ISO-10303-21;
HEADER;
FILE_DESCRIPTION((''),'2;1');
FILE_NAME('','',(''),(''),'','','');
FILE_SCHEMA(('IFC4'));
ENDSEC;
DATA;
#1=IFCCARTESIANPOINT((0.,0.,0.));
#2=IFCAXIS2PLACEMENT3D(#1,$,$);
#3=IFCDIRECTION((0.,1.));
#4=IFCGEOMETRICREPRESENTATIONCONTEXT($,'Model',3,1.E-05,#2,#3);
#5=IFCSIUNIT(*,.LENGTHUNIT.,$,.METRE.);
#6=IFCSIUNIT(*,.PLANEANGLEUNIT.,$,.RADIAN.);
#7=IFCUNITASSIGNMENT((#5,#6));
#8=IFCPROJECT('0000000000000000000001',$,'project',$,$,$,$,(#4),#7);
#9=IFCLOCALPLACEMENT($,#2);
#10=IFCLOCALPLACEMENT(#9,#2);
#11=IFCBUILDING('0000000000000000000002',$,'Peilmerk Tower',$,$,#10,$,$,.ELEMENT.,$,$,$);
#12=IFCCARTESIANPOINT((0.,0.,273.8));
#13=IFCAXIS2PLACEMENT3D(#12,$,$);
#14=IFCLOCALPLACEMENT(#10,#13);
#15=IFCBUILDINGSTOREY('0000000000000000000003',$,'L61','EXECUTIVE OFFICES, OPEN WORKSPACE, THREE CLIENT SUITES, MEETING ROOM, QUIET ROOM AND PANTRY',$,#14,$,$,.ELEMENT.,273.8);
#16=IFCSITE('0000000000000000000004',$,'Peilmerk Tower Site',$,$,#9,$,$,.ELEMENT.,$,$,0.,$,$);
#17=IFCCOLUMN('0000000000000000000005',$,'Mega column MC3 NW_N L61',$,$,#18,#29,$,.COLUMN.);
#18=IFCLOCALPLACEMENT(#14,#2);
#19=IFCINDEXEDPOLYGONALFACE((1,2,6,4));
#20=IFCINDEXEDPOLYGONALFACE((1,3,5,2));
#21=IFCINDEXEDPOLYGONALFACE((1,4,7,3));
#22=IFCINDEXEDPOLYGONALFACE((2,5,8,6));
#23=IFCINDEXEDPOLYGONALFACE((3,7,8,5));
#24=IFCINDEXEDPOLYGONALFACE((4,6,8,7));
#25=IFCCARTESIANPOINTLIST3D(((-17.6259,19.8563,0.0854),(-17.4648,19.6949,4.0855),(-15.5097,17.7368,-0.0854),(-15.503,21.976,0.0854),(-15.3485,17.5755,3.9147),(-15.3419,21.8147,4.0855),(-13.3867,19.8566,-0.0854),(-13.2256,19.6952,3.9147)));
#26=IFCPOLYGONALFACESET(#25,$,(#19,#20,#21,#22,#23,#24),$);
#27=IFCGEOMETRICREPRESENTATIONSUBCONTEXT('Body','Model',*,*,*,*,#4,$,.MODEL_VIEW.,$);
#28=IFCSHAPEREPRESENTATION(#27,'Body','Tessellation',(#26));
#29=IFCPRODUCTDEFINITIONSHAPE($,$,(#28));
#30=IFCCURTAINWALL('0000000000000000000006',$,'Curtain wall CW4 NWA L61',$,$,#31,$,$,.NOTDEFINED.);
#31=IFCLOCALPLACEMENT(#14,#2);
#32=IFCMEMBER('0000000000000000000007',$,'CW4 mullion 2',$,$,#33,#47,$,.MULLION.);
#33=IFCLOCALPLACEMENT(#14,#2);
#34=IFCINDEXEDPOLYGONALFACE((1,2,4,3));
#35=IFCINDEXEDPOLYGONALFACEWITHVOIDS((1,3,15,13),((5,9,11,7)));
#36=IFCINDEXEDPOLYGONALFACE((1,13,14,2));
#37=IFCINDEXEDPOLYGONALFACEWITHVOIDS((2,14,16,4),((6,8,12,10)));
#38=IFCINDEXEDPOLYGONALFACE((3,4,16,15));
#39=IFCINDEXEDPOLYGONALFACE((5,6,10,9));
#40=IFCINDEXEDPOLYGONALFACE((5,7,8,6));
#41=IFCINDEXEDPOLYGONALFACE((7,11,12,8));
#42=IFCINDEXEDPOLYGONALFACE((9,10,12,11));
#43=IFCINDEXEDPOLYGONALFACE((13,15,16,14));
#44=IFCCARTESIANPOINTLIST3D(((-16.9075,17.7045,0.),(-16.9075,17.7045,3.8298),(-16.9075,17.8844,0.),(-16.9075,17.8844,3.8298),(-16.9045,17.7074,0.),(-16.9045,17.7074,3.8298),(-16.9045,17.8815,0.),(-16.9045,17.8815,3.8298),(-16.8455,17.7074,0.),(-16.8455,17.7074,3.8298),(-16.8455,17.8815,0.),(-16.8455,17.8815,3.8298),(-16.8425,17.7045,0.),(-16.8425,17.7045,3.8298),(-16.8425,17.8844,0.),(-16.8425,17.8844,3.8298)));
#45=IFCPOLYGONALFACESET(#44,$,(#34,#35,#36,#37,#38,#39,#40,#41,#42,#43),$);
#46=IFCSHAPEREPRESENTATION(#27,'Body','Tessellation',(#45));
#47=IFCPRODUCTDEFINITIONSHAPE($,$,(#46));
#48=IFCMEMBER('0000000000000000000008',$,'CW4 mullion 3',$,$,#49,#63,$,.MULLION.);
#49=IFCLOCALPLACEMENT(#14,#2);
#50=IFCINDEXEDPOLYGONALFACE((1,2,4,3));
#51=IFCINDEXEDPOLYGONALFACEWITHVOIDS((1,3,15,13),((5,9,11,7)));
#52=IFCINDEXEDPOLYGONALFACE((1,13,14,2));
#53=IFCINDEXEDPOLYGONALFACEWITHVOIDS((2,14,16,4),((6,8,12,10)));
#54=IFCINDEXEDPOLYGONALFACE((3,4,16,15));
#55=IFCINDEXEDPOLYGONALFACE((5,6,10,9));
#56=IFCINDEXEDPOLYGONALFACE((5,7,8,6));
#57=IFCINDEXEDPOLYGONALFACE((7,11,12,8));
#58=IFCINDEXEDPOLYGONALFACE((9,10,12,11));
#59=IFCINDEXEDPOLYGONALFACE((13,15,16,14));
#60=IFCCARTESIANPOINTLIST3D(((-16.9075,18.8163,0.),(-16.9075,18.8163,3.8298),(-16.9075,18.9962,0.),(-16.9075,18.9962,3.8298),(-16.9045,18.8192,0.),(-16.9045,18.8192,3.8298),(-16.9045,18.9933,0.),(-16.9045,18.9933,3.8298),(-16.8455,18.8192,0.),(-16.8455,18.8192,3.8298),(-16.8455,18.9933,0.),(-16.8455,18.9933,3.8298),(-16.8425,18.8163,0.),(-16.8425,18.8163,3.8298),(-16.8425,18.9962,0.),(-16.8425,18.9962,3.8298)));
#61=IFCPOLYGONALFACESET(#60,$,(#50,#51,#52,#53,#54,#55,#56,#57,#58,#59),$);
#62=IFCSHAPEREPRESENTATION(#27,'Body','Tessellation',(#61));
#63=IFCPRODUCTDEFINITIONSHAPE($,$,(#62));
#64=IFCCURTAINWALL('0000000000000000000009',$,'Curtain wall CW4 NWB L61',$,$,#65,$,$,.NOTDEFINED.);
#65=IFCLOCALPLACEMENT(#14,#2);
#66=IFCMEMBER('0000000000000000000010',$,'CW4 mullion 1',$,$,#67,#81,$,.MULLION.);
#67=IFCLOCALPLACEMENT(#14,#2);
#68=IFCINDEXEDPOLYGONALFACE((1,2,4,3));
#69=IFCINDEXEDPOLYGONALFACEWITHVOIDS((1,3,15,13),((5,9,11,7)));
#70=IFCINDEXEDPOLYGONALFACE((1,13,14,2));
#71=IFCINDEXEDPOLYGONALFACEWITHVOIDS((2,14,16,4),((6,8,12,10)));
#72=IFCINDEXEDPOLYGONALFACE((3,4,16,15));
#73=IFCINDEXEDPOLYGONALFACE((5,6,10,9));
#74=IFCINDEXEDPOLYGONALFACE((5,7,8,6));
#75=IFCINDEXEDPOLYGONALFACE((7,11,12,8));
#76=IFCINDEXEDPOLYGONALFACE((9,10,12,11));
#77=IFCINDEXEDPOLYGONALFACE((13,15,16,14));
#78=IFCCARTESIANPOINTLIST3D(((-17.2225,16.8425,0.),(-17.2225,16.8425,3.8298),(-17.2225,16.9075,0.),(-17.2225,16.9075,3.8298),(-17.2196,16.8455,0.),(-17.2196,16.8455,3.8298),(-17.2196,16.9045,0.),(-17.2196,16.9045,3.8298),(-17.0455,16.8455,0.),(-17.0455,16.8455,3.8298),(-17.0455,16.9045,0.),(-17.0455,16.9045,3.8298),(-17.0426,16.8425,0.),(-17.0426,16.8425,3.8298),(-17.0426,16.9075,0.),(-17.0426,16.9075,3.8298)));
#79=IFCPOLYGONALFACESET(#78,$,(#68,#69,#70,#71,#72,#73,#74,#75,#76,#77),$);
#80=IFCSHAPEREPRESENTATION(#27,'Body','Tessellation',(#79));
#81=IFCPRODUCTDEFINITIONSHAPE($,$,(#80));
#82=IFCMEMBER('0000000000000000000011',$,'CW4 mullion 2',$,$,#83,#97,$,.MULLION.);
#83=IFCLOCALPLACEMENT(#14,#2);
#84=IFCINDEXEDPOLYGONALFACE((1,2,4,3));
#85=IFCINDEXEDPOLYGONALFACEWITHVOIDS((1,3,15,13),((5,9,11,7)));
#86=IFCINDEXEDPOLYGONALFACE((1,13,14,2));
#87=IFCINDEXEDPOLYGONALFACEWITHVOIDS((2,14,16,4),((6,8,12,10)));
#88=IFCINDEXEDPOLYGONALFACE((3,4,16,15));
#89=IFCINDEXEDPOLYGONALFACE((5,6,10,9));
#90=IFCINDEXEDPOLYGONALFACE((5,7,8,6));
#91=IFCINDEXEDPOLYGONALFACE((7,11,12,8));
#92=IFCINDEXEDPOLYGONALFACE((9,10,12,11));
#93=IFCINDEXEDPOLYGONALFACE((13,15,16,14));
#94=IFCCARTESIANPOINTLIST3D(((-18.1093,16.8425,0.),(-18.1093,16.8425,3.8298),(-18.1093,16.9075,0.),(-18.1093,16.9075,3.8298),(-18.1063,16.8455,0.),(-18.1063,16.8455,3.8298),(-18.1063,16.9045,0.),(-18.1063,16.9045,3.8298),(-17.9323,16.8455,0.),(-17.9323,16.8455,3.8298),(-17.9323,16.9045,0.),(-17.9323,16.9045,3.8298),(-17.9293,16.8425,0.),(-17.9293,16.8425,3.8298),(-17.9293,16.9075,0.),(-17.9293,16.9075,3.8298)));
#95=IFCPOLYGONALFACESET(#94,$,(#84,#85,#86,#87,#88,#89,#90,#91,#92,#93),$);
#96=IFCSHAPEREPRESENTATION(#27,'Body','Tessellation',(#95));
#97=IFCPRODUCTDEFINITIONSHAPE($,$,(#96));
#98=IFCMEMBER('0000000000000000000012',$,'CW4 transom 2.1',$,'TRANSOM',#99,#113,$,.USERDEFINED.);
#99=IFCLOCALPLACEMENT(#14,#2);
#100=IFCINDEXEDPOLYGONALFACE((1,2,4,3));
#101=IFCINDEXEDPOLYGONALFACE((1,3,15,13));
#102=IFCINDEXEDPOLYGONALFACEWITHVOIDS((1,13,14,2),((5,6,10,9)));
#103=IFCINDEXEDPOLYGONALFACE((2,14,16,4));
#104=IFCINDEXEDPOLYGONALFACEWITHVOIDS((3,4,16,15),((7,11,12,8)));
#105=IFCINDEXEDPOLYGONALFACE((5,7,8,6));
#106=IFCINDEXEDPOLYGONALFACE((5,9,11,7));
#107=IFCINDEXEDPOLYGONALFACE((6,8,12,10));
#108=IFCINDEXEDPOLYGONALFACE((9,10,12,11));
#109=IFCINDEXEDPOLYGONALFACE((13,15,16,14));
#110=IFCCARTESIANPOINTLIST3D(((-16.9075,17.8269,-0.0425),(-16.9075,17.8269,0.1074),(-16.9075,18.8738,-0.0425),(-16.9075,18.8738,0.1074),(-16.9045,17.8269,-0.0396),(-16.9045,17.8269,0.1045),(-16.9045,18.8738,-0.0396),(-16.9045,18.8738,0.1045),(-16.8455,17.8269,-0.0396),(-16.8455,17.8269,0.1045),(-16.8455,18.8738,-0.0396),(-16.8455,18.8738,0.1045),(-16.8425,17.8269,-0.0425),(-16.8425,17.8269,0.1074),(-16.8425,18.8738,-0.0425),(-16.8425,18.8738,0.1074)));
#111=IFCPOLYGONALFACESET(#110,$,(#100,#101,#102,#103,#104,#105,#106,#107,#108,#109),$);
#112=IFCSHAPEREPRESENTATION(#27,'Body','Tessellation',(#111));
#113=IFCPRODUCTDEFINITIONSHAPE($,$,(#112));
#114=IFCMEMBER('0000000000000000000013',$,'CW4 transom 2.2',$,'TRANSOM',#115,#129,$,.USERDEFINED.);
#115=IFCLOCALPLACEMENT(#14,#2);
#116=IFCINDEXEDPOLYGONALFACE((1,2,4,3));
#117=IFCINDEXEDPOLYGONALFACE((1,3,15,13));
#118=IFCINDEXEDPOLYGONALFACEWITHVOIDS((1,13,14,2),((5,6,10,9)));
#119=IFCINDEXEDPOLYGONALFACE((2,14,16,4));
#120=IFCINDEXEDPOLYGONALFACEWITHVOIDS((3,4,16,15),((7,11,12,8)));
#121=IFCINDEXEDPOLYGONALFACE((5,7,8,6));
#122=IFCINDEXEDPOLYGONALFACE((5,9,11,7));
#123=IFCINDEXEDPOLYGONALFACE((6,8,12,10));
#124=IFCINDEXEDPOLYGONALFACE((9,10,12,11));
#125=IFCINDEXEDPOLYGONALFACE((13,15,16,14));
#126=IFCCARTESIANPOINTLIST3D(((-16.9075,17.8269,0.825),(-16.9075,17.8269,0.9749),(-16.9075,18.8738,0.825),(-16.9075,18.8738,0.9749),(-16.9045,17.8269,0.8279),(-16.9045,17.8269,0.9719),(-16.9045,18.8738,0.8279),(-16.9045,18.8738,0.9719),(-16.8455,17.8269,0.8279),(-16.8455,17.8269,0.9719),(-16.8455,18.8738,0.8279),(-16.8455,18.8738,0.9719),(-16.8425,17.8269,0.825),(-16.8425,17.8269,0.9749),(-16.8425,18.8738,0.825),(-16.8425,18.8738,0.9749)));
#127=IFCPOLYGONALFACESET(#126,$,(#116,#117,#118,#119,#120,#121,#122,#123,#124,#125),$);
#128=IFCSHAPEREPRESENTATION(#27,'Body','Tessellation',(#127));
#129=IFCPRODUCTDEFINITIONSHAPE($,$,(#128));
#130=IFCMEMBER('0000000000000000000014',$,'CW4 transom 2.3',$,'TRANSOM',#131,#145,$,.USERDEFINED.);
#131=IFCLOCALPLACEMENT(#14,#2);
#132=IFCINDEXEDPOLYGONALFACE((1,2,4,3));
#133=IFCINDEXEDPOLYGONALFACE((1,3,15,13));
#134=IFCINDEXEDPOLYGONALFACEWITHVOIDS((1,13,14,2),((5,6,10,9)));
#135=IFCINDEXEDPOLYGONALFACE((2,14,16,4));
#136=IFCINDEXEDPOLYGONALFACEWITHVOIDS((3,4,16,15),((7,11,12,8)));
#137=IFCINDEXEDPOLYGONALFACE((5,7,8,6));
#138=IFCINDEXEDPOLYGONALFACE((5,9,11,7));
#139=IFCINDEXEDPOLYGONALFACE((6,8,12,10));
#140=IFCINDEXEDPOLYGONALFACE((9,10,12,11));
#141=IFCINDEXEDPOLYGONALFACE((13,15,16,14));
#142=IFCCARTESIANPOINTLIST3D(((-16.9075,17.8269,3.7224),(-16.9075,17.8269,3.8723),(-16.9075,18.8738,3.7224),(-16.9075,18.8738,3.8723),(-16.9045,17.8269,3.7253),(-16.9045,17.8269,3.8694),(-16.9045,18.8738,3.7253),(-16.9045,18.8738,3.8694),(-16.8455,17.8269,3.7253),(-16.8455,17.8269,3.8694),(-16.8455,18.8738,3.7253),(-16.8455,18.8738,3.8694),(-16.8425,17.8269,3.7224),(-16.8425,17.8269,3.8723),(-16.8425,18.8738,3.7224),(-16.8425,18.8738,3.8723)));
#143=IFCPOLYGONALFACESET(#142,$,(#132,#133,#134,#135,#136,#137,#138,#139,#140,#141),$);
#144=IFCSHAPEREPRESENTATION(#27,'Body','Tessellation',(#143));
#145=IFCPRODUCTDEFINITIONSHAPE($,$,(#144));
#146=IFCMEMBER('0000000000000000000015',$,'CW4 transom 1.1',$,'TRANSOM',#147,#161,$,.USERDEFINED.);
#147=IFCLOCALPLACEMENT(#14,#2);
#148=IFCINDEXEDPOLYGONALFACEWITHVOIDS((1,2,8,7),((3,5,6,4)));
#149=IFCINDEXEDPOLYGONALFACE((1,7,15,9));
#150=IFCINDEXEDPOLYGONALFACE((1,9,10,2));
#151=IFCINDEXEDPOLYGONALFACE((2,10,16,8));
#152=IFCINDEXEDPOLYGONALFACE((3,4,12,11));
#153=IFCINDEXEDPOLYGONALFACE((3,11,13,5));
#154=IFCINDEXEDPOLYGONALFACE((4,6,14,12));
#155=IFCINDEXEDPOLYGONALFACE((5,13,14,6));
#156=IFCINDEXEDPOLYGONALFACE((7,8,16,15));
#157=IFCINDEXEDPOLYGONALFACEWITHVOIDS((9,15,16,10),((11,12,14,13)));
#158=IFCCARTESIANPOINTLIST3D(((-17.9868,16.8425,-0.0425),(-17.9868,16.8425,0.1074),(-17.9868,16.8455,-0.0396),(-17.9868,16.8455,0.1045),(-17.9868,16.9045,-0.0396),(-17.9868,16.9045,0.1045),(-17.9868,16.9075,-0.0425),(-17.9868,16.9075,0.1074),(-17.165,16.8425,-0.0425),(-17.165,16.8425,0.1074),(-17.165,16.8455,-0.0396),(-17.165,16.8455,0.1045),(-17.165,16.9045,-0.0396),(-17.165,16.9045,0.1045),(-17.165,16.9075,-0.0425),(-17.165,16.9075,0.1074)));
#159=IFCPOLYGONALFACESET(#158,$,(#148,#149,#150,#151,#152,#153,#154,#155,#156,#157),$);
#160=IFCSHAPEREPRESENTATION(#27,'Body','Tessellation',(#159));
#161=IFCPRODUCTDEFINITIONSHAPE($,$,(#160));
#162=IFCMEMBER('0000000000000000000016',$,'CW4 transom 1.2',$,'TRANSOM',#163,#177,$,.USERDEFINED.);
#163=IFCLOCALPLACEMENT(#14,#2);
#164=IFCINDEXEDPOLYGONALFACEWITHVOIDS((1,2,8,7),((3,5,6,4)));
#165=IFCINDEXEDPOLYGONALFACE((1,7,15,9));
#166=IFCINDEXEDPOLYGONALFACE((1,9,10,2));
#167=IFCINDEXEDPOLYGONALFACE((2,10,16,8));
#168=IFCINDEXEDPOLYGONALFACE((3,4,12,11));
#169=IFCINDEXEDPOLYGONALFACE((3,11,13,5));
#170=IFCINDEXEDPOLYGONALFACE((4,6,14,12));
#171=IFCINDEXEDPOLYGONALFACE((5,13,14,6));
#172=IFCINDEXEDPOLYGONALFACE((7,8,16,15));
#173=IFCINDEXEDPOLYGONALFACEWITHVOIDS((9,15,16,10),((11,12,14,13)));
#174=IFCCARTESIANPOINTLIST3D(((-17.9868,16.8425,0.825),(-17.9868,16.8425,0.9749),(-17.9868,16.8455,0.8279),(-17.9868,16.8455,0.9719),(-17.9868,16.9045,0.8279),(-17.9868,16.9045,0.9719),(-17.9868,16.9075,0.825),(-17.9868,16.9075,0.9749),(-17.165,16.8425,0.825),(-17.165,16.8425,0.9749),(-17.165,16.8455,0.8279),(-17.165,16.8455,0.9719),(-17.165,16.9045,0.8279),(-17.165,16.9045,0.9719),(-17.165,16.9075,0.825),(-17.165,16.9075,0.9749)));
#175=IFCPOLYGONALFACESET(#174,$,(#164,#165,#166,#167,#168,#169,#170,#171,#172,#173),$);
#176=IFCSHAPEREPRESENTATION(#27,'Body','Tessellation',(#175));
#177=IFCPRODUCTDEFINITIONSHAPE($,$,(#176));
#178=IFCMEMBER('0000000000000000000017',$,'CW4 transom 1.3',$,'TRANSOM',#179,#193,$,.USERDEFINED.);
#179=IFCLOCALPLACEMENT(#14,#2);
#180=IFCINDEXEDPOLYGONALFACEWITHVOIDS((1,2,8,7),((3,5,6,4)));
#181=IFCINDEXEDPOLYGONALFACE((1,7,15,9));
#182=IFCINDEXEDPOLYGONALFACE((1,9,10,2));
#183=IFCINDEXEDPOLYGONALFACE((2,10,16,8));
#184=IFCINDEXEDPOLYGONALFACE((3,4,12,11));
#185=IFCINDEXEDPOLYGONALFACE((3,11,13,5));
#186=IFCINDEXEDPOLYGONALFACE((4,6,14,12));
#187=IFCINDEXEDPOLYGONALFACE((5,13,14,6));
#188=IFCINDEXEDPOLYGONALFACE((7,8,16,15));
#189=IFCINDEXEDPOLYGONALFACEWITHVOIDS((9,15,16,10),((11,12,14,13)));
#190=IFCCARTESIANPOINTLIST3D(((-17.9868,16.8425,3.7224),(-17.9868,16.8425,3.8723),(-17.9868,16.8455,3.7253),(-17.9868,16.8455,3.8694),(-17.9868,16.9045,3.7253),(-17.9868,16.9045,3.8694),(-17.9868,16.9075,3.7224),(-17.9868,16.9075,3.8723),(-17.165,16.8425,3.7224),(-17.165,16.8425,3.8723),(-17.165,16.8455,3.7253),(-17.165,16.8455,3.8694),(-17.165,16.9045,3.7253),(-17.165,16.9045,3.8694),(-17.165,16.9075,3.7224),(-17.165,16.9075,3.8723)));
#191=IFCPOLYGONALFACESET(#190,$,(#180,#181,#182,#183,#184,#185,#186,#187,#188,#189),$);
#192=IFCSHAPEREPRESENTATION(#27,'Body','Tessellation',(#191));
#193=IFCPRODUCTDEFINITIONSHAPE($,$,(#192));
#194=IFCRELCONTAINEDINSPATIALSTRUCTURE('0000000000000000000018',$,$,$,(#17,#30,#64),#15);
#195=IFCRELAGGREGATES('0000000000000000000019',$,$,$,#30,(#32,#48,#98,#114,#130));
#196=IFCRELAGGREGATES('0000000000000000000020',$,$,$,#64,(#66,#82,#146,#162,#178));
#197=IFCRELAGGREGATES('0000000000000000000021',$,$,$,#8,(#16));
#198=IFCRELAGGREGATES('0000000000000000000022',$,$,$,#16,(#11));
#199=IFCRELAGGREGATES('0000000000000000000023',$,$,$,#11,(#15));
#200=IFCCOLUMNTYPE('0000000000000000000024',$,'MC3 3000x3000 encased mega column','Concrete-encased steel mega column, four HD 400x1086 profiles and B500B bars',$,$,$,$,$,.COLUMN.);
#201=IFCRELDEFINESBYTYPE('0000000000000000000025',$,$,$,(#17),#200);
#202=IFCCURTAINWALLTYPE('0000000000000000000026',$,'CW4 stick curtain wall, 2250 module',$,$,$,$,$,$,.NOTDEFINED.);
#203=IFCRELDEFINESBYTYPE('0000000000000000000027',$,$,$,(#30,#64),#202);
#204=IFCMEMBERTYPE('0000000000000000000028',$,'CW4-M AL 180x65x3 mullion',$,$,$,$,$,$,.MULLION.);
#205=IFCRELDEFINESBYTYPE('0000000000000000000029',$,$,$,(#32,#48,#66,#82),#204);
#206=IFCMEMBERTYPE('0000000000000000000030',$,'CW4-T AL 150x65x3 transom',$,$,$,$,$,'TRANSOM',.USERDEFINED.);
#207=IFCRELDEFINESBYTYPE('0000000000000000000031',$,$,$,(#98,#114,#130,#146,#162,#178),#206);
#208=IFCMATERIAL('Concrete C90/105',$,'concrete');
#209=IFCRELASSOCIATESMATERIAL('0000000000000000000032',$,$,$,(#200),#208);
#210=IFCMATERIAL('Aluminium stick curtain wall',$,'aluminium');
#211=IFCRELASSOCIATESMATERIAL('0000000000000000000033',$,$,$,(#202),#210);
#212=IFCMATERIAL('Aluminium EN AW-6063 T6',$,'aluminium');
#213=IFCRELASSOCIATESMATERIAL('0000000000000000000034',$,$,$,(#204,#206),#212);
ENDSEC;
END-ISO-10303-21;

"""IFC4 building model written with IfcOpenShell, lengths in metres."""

from ifc_helpers import new_model, si_unit, direction, frame, origin, origin_2d, place, context, subcontext, project, spatial, rectangle, hollow_rectangle, extrude, material, material_profile, profile_set, type_object, element, aggregate, save


model = new_model("IFC4")

# Units and contexts
model_context = context("Model", 3, precision=1e-05, world=origin(), true_north=direction((0.0, 1.0)))
body_context = subcontext(model_context, "Body", "Model", "MODEL_VIEW")
ifc_project = project(units=[si_unit("LENGTHUNIT", "METRE"), si_unit("PLANEANGLEUNIT", "RADIAN")], contexts=[model_context])

# Site, building, storey
site_placement = place(None, origin())
site = spatial("IfcSite", under=ifc_project, at=site_placement, Name="Peilmerk Tower Site", CompositionType="ELEMENT", RefElevation=0.0)
building_placement = place(site_placement, origin())
building = spatial("IfcBuilding", under=site, at=building_placement, Name="Peilmerk Tower", CompositionType="ELEMENT")
storey_placement = place(building_placement, frame((0.0, 0.0, 273.8)))
storey = spatial("IfcBuildingStorey", under=building, at=storey_placement, Name="L61", Description="EXECUTIVE OFFICES, OPEN WORKSPACE, THREE CLIENT SUITES, MEETING ROOM, QUIET ROOM AND PANTRY", CompositionType="ELEMENT", Elevation=273.8)

# Column
ifc_material_1 = material(Name="Concrete C90/105", Category="concrete")
ifc_material_profile_1 = material_profile(ifc_material_1, rectangle(XDim=3.0, YDim=3.0, at=origin_2d()), Name="RC 3000x3000")
ifc_profile_set_1 = profile_set([ifc_material_profile_1], Name="Concrete C90/105")
column_type = type_object("IfcColumnType", Name="MC3 3000x3000 encased mega column", Description="Concrete-encased steel mega column, four HD 400x1086 profiles and B500B bars", PredefinedType="COLUMN", material=ifc_profile_set_1)
column_placement = place(storey_placement, frame((-15.5063, 19.8564, 0.0), z_axis=(0.040218, -0.040279, 0.998379), x_axis=(0.707642, 0.706571, 0.0)))
element("IfcColumn", 1, at=column_placement, inside=storey, type_object=column_type, Name="Mega column MC3 NW_N L61", PredefinedType="COLUMN", context=body_context, shape_type="SweptSolid", body=[
    extrude(rectangle(XDim=3.0, YDim=3.0, at=origin_2d()), origin(), (0.0, 0.0, 1.0), 4.0066),
])

# Curtain walls, members
ifc_material_2 = material(Name="Aluminium stick curtain wall", Category="aluminium")
curtain_wall_type = type_object("IfcCurtainWallType", Name="CW4 stick curtain wall, 2250 module", PredefinedType="NOTDEFINED", material=ifc_material_2)
curtain_wall_1_placement = place(storey_placement, origin())
curtain_wall_1 = element("IfcCurtainWall", 2, at=curtain_wall_1_placement, inside=storey, type_object=curtain_wall_type, Name="Curtain wall CW4 NWA L61", PredefinedType="NOTDEFINED")
ifc_material_3 = material(Name="Aluminium EN AW-6063 T6", Category="aluminium")
ifc_material_profile_2 = material_profile(ifc_material_3, hollow_rectangle(XDim=0.0649, YDim=0.1799, WallThickness=0.0029, at=origin_2d()), Name="AL 180x65x3")
ifc_profile_set_2 = profile_set([ifc_material_profile_2], Name="Aluminium EN AW-6063 T6")
member_type_1 = type_object("IfcMemberType", Name="CW4-M AL 180x65x3 mullion", PredefinedType="MULLION", material=ifc_profile_set_2)
member_1_placement = place(storey_placement, frame((-16.875, 17.7944, 0.0), z_axis=(0.0, 0.0, 1.0), x_axis=(-1.0, 0.0, 0.0)))
member_1 = element("IfcMember", 3, at=member_1_placement, type_object=member_type_1, Name="CW4 mullion 2", PredefinedType="MULLION", context=body_context, shape_type="SweptSolid", body=[
    extrude(hollow_rectangle(XDim=0.0649, YDim=0.1799, WallThickness=0.0029, at=origin_2d()), origin(), (0.0, 0.0, 1.0), 3.8298),
])
member_2_placement = place(storey_placement, frame((-16.875, 18.9062, 0.0), z_axis=(0.0, 0.0, 1.0), x_axis=(-1.0, 0.0, 0.0)))
member_2 = element("IfcMember", 4, at=member_2_placement, type_object=member_type_1, Name="CW4 mullion 3", PredefinedType="MULLION", context=body_context, shape_type="SweptSolid", body=[
    extrude(hollow_rectangle(XDim=0.0649, YDim=0.1799, WallThickness=0.0029, at=origin_2d()), origin(), (0.0, 0.0, 1.0), 3.8298),
])
curtain_wall_2_placement = place(storey_placement, origin())
curtain_wall_2 = element("IfcCurtainWall", 5, at=curtain_wall_2_placement, inside=storey, type_object=curtain_wall_type, Name="Curtain wall CW4 NWB L61", PredefinedType="NOTDEFINED")
member_3_placement = place(storey_placement, frame((-17.1326, 16.875, 0.0), z_axis=(0.0, 0.0, 1.0), x_axis=(0.0, -1.0, 0.0)))
member_3 = element("IfcMember", 6, at=member_3_placement, type_object=member_type_1, Name="CW4 mullion 1", PredefinedType="MULLION", context=body_context, shape_type="SweptSolid", body=[
    extrude(hollow_rectangle(XDim=0.0649, YDim=0.1799, WallThickness=0.0029, at=origin_2d()), origin(), (0.0, 0.0, 1.0), 3.8298),
])
member_4_placement = place(storey_placement, frame((-18.0193, 16.875, 0.0), z_axis=(0.0, 0.0, 1.0), x_axis=(0.0, -1.0, 0.0)))
member_4 = element("IfcMember", 7, at=member_4_placement, type_object=member_type_1, Name="CW4 mullion 2", PredefinedType="MULLION", context=body_context, shape_type="SweptSolid", body=[
    extrude(hollow_rectangle(XDim=0.0649, YDim=0.1799, WallThickness=0.0029, at=origin_2d()), origin(), (0.0, 0.0, 1.0), 3.8298),
])

# Members
ifc_material_profile_3 = material_profile(ifc_material_3, hollow_rectangle(XDim=0.0649, YDim=0.1499, WallThickness=0.0029, at=origin_2d()), Name="AL 150x65x3")
ifc_profile_set_3 = profile_set([ifc_material_profile_3], Name="Aluminium EN AW-6063 T6")
member_type_2 = type_object("IfcMemberType", Name="CW4-T AL 150x65x3 transom", ElementType="TRANSOM", PredefinedType="USERDEFINED", material=ifc_profile_set_3)
member_5_placement = place(storey_placement, frame((-16.875, 17.8269, 0.0325), z_axis=(0.0, 1.0, 0.0), x_axis=(-1.0, 0.0, 0.0)))
member_5 = element("IfcMember", 8, at=member_5_placement, type_object=member_type_2, Name="CW4 transom 2.1", ObjectType="TRANSOM", PredefinedType="USERDEFINED", context=body_context, shape_type="SweptSolid", body=[
    extrude(hollow_rectangle(XDim=0.0649, YDim=0.1499, WallThickness=0.0029, at=origin_2d()), origin(), (0.0, 0.0, 1.0), 1.0469),
])
member_6_placement = place(storey_placement, frame((-16.875, 17.8269, 0.8999), z_axis=(0.0, 1.0, 0.0), x_axis=(-1.0, 0.0, 0.0)))
member_6 = element("IfcMember", 9, at=member_6_placement, type_object=member_type_2, Name="CW4 transom 2.2", ObjectType="TRANSOM", PredefinedType="USERDEFINED", context=body_context, shape_type="SweptSolid", body=[
    extrude(hollow_rectangle(XDim=0.0649, YDim=0.1499, WallThickness=0.0029, at=origin_2d()), origin(), (0.0, 0.0, 1.0), 1.0469),
])
member_7_placement = place(storey_placement, frame((-16.875, 17.8269, 3.7974), z_axis=(0.0, 1.0, 0.0), x_axis=(-1.0, 0.0, 0.0)))
member_7 = element("IfcMember", 10, at=member_7_placement, type_object=member_type_2, Name="CW4 transom 2.3", ObjectType="TRANSOM", PredefinedType="USERDEFINED", context=body_context, shape_type="SweptSolid", body=[
    extrude(hollow_rectangle(XDim=0.0649, YDim=0.1499, WallThickness=0.0029, at=origin_2d()), origin(), (0.0, 0.0, 1.0), 1.0469),
])
member_8_placement = place(storey_placement, frame((-17.165, 16.875, 0.0325), z_axis=(-1.0, 0.0, 0.0), x_axis=(0.0, -1.0, 0.0)))
member_8 = element("IfcMember", 11, at=member_8_placement, type_object=member_type_2, Name="CW4 transom 1.1", ObjectType="TRANSOM", PredefinedType="USERDEFINED", context=body_context, shape_type="SweptSolid", body=[
    extrude(hollow_rectangle(XDim=0.0649, YDim=0.1499, WallThickness=0.0029, at=origin_2d()), origin(), (0.0, 0.0, 1.0), 0.8218),
])
member_9_placement = place(storey_placement, frame((-17.165, 16.875, 0.8999), z_axis=(-1.0, 0.0, 0.0), x_axis=(0.0, -1.0, 0.0)))
member_9 = element("IfcMember", 12, at=member_9_placement, type_object=member_type_2, Name="CW4 transom 1.2", ObjectType="TRANSOM", PredefinedType="USERDEFINED", context=body_context, shape_type="SweptSolid", body=[
    extrude(hollow_rectangle(XDim=0.0649, YDim=0.1499, WallThickness=0.0029, at=origin_2d()), origin(), (0.0, 0.0, 1.0), 0.8218),
])
member_10_placement = place(storey_placement, frame((-17.165, 16.875, 3.7974), z_axis=(-1.0, 0.0, 0.0), x_axis=(0.0, -1.0, 0.0)))
member_10 = element("IfcMember", 13, at=member_10_placement, type_object=member_type_2, Name="CW4 transom 1.3", ObjectType="TRANSOM", PredefinedType="USERDEFINED", context=body_context, shape_type="SweptSolid", body=[
    extrude(hollow_rectangle(XDim=0.0649, YDim=0.1499, WallThickness=0.0029, at=origin_2d()), origin(), (0.0, 0.0, 1.0), 0.8218),
])

aggregate(curtain_wall_1, [member_1, member_2, member_5, member_6, member_7])
aggregate(curtain_wall_2, [member_3, member_4, member_8, member_9, member_10])

save(model, "model.ifc")
